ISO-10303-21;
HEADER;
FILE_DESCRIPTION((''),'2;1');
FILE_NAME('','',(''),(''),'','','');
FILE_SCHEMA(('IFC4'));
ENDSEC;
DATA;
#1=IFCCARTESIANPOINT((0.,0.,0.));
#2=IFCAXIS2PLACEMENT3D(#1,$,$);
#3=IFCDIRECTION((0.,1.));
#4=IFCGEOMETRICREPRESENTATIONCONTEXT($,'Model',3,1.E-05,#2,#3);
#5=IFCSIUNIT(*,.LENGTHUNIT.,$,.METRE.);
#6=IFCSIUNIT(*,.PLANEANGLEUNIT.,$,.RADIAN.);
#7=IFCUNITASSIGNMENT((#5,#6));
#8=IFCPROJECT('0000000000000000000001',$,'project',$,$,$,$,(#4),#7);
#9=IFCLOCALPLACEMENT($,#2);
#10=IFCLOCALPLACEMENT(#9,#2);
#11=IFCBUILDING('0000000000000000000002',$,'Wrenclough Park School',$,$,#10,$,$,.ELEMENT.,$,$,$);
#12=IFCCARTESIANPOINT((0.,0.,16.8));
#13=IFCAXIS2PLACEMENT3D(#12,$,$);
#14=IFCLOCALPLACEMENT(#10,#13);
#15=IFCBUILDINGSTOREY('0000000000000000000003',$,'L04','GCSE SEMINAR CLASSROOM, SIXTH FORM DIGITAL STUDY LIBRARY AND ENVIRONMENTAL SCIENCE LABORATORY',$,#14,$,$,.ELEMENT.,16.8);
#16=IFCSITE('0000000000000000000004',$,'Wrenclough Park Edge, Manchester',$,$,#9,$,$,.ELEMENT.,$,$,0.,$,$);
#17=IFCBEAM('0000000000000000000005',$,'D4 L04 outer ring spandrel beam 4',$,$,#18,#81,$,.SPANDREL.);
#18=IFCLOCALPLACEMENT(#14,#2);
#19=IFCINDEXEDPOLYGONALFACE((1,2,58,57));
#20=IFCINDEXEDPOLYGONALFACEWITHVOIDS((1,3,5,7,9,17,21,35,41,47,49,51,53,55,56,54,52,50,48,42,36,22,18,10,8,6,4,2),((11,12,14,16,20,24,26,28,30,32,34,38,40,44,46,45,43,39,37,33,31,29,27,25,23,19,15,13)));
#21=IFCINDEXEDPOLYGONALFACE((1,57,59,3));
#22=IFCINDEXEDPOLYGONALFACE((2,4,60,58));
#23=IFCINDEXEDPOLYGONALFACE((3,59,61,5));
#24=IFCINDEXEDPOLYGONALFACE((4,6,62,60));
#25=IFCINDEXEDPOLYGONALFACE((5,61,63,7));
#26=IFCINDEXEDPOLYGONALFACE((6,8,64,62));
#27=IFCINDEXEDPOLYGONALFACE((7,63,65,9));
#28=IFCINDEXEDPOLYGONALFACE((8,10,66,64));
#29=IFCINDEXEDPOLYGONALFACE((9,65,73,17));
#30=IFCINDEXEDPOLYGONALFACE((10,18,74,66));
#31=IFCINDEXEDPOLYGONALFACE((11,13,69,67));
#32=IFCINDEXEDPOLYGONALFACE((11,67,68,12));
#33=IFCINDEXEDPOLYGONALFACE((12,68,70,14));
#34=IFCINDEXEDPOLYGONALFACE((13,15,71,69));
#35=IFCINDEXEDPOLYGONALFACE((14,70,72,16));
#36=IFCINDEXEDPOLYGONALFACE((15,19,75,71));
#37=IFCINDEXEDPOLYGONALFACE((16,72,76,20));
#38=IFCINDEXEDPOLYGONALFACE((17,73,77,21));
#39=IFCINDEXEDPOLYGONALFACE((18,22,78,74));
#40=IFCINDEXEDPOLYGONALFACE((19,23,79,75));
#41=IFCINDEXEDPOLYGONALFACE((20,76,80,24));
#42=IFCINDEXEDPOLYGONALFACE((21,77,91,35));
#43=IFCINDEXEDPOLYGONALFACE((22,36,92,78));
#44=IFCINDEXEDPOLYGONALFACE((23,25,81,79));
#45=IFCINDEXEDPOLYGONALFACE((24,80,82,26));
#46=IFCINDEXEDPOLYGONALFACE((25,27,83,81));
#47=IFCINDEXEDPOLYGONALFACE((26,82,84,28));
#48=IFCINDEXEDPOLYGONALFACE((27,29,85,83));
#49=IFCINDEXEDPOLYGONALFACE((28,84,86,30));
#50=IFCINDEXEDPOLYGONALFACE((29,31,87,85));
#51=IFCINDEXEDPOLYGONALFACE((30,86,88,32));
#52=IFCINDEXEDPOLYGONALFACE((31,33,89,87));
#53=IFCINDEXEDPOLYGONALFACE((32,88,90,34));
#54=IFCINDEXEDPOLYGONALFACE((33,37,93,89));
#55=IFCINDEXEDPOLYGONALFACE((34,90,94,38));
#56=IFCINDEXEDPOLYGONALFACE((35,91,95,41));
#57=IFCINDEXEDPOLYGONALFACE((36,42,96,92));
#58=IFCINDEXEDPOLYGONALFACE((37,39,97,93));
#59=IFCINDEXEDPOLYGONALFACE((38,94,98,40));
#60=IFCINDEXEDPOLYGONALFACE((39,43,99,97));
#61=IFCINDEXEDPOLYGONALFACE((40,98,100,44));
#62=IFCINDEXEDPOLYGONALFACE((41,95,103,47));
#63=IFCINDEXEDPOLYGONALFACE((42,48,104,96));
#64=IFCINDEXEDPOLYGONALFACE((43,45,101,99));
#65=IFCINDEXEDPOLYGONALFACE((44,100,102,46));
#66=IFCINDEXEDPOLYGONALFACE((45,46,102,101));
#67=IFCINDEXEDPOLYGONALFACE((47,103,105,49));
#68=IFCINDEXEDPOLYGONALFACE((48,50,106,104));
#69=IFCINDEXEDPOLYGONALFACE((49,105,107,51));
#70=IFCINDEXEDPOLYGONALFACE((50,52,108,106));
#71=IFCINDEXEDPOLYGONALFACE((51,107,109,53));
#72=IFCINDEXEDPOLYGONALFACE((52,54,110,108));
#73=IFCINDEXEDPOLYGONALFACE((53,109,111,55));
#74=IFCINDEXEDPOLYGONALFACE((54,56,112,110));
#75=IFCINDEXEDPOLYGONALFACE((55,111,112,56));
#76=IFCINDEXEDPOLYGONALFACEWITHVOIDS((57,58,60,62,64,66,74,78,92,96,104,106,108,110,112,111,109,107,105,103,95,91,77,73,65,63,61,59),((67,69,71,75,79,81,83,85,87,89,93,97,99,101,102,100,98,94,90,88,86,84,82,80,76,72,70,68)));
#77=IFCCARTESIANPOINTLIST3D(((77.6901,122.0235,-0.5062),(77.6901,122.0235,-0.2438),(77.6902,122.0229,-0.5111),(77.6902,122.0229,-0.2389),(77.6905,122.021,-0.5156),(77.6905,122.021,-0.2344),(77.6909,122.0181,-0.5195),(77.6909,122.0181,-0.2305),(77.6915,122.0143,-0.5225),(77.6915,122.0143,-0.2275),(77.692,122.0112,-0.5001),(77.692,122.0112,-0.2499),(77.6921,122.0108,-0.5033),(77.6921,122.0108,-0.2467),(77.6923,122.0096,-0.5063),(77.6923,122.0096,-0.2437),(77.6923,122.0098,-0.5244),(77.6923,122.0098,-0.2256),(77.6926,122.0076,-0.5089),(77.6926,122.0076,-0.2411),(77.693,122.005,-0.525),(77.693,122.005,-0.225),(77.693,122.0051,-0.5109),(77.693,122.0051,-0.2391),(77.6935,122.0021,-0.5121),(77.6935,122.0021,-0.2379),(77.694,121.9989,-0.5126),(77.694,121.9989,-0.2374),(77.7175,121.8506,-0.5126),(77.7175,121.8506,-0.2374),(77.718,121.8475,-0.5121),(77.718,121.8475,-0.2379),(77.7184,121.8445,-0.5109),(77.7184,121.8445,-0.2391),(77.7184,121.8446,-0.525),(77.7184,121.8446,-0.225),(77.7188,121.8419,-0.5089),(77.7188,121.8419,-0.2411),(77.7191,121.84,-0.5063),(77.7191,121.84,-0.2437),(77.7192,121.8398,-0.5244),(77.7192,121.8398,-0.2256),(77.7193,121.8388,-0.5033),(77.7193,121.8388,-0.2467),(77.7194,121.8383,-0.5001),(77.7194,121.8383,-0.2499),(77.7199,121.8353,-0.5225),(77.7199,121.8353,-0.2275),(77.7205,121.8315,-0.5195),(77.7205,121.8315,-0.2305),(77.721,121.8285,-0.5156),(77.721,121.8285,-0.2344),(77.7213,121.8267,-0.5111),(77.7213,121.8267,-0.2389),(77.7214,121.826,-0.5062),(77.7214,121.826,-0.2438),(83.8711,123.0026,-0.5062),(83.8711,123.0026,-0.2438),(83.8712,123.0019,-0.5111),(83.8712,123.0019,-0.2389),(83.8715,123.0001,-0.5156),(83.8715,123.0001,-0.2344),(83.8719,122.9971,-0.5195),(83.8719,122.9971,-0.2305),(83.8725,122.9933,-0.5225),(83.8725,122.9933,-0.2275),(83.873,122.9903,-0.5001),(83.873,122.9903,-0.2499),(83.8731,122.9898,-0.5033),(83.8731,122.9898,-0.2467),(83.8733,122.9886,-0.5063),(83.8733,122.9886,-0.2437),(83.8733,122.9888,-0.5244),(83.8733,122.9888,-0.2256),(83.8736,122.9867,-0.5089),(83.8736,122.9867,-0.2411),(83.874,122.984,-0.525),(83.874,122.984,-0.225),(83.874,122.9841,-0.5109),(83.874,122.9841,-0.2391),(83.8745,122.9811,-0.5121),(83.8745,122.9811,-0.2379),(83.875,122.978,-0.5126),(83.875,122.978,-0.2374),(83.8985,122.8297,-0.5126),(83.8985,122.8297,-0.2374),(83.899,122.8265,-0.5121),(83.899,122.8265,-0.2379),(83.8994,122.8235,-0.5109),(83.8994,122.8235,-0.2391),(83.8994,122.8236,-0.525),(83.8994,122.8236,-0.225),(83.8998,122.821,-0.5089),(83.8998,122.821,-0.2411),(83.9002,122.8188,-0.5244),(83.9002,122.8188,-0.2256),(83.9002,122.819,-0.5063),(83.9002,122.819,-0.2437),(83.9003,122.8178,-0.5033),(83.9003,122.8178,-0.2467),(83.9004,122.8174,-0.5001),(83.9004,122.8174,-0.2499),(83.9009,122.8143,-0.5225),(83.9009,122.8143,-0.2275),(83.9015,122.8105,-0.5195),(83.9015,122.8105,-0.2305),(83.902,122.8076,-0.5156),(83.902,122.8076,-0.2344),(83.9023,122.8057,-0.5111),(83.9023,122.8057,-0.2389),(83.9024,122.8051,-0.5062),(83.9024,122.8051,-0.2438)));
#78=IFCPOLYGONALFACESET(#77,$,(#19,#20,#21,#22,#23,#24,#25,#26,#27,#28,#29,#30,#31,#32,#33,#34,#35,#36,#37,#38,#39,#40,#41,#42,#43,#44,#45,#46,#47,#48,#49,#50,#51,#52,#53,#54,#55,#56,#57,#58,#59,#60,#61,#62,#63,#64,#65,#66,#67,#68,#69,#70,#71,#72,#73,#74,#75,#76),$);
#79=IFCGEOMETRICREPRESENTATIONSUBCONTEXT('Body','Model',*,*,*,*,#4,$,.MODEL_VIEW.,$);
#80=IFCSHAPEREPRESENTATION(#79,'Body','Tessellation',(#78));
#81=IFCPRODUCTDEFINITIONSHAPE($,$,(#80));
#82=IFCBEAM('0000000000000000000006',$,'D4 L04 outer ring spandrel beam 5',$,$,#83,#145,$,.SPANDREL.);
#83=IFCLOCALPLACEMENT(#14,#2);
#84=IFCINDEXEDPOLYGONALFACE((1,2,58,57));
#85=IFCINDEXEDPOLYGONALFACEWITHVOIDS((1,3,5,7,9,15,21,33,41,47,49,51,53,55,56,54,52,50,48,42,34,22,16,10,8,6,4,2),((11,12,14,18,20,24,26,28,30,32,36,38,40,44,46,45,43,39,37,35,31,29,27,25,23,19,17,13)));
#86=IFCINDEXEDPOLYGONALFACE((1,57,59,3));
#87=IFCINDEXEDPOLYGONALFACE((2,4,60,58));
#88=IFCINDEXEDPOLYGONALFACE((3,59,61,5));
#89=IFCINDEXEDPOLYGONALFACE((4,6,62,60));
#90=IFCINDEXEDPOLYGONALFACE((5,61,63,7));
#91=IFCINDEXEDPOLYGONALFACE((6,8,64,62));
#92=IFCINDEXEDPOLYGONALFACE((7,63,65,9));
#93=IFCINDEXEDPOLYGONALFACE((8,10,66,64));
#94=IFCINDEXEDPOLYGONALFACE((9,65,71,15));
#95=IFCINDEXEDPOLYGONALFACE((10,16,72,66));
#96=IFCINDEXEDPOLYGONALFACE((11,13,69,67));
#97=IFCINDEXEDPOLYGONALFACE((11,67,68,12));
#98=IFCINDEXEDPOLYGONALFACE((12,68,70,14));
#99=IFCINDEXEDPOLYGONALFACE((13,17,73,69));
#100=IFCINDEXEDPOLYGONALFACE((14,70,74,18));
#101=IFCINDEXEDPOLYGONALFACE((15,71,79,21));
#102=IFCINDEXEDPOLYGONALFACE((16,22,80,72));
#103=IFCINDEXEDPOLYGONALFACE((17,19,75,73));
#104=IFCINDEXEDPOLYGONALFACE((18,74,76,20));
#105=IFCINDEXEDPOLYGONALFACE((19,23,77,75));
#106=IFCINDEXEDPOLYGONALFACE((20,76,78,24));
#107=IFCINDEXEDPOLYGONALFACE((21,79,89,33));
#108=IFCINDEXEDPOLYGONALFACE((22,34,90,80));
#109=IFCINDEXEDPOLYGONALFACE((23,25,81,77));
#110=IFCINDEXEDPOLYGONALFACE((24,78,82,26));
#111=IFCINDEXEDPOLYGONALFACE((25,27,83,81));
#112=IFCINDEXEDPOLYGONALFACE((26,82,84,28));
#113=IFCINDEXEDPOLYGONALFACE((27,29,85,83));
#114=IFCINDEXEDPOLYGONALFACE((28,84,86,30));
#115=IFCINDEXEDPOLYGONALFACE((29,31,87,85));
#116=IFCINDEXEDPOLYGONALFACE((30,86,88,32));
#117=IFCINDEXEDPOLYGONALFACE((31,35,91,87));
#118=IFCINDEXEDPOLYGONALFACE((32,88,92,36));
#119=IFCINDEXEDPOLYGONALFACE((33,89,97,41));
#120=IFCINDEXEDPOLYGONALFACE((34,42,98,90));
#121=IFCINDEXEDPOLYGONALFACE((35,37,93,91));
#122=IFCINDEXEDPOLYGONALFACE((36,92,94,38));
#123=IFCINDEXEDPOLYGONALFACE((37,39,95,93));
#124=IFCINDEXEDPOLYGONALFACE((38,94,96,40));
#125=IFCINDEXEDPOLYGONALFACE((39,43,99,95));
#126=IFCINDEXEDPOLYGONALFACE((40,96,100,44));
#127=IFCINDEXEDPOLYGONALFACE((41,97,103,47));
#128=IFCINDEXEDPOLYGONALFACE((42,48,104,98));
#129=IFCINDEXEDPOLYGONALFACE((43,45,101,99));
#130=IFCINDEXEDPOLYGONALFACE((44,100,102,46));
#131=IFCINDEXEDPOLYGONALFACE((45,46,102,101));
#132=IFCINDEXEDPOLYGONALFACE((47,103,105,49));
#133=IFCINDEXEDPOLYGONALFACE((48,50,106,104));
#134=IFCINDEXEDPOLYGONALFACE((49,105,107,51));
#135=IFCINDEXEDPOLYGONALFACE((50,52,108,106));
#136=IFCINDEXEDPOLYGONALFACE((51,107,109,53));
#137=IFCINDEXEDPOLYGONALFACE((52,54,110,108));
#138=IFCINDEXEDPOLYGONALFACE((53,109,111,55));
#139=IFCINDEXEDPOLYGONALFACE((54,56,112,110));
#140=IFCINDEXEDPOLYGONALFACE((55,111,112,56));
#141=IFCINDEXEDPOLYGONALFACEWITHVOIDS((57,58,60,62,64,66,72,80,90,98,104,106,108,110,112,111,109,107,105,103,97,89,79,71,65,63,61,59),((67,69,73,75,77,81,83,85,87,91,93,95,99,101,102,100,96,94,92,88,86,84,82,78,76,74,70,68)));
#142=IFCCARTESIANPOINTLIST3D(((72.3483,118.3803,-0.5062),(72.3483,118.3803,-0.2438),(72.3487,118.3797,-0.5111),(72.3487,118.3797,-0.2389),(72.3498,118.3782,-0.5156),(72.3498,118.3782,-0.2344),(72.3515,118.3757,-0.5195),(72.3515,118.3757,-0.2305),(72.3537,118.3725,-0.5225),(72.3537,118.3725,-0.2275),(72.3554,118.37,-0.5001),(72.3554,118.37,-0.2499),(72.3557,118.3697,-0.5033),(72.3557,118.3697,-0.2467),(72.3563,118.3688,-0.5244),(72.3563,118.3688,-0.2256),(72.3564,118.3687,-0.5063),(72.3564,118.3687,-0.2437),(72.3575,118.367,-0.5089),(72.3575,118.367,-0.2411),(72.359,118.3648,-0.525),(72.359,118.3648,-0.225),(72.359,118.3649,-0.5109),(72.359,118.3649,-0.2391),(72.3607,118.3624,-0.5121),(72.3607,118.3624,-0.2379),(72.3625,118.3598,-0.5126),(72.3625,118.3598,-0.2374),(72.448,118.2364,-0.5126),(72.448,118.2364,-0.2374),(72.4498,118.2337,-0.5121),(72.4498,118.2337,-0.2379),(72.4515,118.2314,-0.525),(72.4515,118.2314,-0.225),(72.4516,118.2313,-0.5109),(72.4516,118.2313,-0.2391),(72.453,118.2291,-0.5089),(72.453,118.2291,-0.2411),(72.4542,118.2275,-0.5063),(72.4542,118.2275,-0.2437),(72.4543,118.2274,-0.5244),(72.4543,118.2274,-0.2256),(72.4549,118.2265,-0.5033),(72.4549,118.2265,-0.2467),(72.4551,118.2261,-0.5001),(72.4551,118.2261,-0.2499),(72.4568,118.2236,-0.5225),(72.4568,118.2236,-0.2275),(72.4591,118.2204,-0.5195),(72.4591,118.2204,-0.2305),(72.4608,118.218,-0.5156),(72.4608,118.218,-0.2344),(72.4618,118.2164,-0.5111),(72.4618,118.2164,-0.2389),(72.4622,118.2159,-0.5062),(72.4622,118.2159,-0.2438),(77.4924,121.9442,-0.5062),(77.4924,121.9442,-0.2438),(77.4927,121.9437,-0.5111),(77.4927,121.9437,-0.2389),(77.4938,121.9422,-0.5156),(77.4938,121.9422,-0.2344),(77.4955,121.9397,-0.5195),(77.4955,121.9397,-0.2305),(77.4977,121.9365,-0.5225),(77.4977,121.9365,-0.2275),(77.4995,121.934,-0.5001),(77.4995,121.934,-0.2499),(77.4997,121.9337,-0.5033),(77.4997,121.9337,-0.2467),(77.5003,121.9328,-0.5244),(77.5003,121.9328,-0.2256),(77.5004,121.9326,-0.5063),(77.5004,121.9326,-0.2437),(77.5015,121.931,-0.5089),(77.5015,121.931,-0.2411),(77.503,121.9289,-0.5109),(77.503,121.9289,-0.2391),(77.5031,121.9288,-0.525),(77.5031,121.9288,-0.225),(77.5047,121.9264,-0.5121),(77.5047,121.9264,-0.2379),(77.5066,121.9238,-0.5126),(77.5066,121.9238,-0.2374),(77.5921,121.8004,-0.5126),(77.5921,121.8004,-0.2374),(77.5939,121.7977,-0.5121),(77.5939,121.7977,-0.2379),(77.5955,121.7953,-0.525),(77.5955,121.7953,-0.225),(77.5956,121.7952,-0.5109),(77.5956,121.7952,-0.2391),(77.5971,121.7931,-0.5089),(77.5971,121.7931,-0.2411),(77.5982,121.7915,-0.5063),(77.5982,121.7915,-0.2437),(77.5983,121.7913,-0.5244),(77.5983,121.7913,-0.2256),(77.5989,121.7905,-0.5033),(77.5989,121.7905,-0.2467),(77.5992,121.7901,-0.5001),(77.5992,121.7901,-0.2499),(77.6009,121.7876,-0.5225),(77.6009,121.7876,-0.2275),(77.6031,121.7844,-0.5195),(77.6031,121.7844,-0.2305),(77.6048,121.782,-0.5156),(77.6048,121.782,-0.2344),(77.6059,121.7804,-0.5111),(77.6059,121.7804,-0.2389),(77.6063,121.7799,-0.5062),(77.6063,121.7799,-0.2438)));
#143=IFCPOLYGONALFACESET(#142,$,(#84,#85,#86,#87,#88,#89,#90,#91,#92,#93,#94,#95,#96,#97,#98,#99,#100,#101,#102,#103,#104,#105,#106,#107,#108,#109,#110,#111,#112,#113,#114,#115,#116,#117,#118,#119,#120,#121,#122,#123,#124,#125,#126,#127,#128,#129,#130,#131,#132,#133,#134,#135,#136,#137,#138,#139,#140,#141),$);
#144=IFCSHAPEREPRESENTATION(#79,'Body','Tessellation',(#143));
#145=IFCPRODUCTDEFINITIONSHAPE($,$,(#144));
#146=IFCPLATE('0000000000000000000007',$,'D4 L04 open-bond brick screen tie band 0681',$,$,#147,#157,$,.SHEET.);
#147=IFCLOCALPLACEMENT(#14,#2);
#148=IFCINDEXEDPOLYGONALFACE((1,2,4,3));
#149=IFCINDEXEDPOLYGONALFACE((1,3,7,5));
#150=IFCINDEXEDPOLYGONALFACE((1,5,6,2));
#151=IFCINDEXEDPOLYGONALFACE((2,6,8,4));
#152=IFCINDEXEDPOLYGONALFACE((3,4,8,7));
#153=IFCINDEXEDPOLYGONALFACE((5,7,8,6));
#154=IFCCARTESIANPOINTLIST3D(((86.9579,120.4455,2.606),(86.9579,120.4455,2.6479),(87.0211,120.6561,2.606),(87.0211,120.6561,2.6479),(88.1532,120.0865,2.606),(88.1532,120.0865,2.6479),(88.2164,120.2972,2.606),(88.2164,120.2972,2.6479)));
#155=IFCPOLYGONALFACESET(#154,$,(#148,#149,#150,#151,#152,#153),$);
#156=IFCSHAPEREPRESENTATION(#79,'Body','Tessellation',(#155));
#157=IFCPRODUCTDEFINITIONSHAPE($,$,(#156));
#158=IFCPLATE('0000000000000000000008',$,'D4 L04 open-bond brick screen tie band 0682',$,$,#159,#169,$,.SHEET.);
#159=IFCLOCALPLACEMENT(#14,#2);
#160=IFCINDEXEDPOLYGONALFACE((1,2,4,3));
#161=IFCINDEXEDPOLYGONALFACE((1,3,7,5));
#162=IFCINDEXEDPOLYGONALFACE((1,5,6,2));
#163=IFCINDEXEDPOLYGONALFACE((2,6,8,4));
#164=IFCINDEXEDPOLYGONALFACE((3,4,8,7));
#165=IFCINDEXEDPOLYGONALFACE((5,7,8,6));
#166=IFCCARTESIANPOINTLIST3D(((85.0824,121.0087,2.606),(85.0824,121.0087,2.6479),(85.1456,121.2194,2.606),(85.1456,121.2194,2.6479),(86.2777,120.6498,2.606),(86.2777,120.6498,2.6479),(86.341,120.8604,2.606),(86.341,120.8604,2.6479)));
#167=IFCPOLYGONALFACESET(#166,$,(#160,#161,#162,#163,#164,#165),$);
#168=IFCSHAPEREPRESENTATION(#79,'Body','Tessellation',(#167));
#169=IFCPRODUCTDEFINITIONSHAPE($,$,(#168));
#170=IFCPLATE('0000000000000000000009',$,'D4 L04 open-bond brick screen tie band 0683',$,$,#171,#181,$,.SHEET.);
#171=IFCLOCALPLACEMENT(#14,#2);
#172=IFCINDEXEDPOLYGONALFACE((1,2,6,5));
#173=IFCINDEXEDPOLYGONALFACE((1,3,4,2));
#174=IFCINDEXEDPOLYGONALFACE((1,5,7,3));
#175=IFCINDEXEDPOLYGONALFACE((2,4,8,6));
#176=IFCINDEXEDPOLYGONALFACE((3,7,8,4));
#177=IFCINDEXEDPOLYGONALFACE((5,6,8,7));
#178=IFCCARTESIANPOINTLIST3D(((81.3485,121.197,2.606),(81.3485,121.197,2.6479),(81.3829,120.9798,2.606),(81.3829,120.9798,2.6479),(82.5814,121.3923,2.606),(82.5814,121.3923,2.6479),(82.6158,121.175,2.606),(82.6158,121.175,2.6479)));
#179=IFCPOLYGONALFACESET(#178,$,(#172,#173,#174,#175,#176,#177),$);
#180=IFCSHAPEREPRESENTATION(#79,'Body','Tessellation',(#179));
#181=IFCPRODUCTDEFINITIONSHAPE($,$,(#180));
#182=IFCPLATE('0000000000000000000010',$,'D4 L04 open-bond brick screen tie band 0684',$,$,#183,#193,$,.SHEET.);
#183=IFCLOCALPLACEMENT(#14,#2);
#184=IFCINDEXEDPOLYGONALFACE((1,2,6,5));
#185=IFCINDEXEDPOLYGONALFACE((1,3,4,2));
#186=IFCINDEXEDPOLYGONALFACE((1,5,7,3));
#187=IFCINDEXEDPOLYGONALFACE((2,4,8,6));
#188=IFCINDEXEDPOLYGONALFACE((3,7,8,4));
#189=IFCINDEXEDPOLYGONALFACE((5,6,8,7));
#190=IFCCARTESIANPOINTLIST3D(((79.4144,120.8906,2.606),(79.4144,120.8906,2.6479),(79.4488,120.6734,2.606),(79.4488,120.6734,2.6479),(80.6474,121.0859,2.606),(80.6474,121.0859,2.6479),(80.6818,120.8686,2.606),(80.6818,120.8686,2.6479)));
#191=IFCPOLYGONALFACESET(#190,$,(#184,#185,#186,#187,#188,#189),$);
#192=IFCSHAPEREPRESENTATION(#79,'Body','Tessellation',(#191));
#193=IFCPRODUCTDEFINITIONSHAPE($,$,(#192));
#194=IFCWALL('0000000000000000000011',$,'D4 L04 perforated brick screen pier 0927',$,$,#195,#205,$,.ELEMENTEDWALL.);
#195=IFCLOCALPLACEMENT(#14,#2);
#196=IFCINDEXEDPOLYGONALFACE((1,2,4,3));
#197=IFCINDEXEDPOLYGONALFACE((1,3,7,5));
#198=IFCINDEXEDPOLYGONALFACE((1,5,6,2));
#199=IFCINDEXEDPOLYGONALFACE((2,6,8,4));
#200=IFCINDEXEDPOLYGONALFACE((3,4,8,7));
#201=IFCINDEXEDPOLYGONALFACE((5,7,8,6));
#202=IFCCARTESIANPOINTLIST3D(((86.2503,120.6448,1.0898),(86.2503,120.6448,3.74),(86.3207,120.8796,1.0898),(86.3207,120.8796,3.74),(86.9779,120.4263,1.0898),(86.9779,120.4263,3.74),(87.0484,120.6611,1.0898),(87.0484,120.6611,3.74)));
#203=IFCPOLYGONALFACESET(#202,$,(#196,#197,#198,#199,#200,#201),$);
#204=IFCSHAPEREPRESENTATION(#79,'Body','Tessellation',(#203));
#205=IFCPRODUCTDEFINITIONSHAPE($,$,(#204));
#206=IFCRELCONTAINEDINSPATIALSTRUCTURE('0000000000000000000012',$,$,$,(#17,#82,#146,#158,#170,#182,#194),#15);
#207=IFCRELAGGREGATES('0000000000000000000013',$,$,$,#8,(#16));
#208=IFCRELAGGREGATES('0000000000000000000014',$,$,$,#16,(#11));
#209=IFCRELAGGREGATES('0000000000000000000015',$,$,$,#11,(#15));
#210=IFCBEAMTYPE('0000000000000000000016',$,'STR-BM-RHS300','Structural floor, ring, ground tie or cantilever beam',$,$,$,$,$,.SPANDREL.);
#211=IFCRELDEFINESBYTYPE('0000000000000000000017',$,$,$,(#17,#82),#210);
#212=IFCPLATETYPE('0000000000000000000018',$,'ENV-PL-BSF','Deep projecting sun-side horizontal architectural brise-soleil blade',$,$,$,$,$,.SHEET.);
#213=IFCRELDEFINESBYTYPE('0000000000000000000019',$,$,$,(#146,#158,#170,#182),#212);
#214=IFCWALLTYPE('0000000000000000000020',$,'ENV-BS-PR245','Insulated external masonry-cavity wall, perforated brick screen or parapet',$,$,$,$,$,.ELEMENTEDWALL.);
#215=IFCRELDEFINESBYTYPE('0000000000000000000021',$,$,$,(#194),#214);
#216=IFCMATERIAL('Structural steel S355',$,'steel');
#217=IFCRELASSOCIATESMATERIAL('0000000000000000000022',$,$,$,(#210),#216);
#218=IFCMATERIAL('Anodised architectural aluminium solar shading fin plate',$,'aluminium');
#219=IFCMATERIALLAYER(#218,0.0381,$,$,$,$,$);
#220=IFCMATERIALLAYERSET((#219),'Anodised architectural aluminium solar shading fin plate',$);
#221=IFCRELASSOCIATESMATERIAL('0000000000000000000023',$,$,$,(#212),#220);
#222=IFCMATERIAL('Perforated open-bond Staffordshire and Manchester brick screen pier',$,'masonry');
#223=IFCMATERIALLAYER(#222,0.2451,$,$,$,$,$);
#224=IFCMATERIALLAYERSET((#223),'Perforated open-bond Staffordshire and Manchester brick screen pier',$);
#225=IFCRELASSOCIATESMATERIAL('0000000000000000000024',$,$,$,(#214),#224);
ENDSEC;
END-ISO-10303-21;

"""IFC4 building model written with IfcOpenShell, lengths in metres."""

from ifc_helpers import new_model, si_unit, direction, frame, frame_2d, origin, origin_2d, place, context, subcontext, project, spatial, rectangle, hollow_rectangle, extrude, material, layer, layer_set, material_profile, profile_set, type_object, element, save


model = new_model("IFC4")

# Units and contexts
model_context = context("Model", 3, precision=1e-05, world=origin(), true_north=direction((0.0, 1.0)))
body_context = subcontext(model_context, "Body", "Model", "MODEL_VIEW")
ifc_project = project(units=[si_unit("LENGTHUNIT", "METRE"), si_unit("PLANEANGLEUNIT", "RADIAN")], contexts=[model_context])

# Site, building, storey
site_placement = place(None, origin())
site = spatial("IfcSite", under=ifc_project, at=site_placement, Name="Wrenclough Park Edge, Manchester", CompositionType="ELEMENT", RefElevation=0.0)
building_placement = place(site_placement, origin())
building = spatial("IfcBuilding", under=site, at=building_placement, Name="Wrenclough Park School", CompositionType="ELEMENT")
storey_placement = place(building_placement, frame((0.0, 0.0, 16.8)))
storey = spatial("IfcBuildingStorey", under=building, at=storey_placement, Name="L04", Description="GCSE SEMINAR CLASSROOM, SIXTH FORM DIGITAL STUDY LIBRARY AND ENVIRONMENTAL SCIENCE LABORATORY", CompositionType="ELEMENT", Elevation=16.8)

# Shared definitions
ifc_material_1 = material(Name="Structural steel S355", Category="steel")

# Beams
ifc_material_profile_1 = material_profile(ifc_material_1, hollow_rectangle(XDim=0.2, YDim=0.3, WallThickness=0.0125, InnerFilletRadius=0.0125, OuterFilletRadius=0.0188, at=origin_2d()), Name="RHS 300x200x12.5")
ifc_profile_set_1 = profile_set([ifc_material_profile_1], Name="Structural steel S355")
beam_type = type_object("IfcBeamType", Name="STR-BM-RHS300", Description="Structural floor, ring, ground tie or cantilever beam", PredefinedType="SPANDREL", material=ifc_profile_set_1)
for number, where, z_axis, x_axis, name in (
    (1, (83.8867, 122.9038, -0.375), (-0.987687, -0.156441, 0.0), (0.156441, -0.987687, 0.0), "D4 L04 outer ring spandrel beam 4"),
    (2, (77.5493, 121.8621, -0.375), (-0.82199, -0.569502, 0.0), (0.569502, -0.82199, 0.0), "D4 L04 outer ring spandrel beam 5"),
):
    element("IfcBeam", number, at=place(storey_placement, frame(where, z_axis=z_axis, x_axis=x_axis)), inside=storey, type_object=beam_type, Name=name, PredefinedType="SPANDREL", context=body_context, shape_type="SweptSolid", body=[
        extrude(hollow_rectangle(XDim=0.2, YDim=0.3, WallThickness=0.0125, InnerFilletRadius=0.0125, OuterFilletRadius=0.0188, at=origin_2d()), origin(), (0.0, 0.0, 1.0), 6.2581),
    ])

# Plates
ifc_material_2 = material(Name="Anodised architectural aluminium solar shading fin plate", Category="aluminium")
ifc_layer_1 = layer(ifc_material_2, 0.0381)
ifc_layer_set_1 = layer_set([ifc_layer_1], Name="Anodised architectural aluminium solar shading fin plate")
plate_type = type_object("IfcPlateType", Name="ENV-PL-BSF", Description="Deep projecting sun-side horizontal architectural brise-soleil blade", PredefinedType="SHEET", material=ifc_layer_set_1)
for number, where, z_axis, x_axis, name in (
    (3, (87.5872, 120.3713, 2.606), (0.0, 0.0, 1.0), (-0.957751, 0.287599, 0.0), "D4 L04 open-bond brick screen tie band 0681"),
    (4, (85.7117, 120.9346, 2.606), (0.0, 0.0, 1.0), (-0.957751, 0.287599, 0.0), "D4 L04 open-bond brick screen tie band 0682"),
):
    element("IfcPlate", number, at=place(storey_placement, frame(where, z_axis=z_axis, x_axis=x_axis)), inside=storey, type_object=plate_type, Name=name, PredefinedType="SHEET", context=body_context, shape_type="SweptSolid", body=[
        extrude(rectangle(XDim=1.248, YDim=0.22, at=origin_2d()), origin(), (0.0, 0.0, 1.0), 0.042),
    ])
for number, where, z_axis, x_axis, name in (
    (5, (81.9822, 121.186, 2.606), (0.0, 0.0, 1.0), (-0.987688, -0.156435, 0.0), "D4 L04 open-bond brick screen tie band 0683"),
    (6, (80.0481, 120.8796, 2.606), (0.0, 0.0, 1.0), (-0.987688, -0.156435, 0.0), "D4 L04 open-bond brick screen tie band 0684"),
):
    element("IfcPlate", number, at=place(storey_placement, frame(where, z_axis=z_axis, x_axis=x_axis)), inside=storey, type_object=plate_type, Name=name, PredefinedType="SHEET", context=body_context, shape_type="SweptSolid", body=[
        extrude(rectangle(XDim=1.2483, YDim=0.22, at=origin_2d()), origin(), (0.0, 0.0, 1.0), 0.042),
    ])

# Wall
ifc_material_3 = material(Name="Perforated open-bond Staffordshire and Manchester brick screen pier", Category="masonry")
ifc_layer_2 = layer(ifc_material_3, 0.2451)
ifc_layer_set_2 = layer_set([ifc_layer_2], Name="Perforated open-bond Staffordshire and Manchester brick screen pier")
wall_type_1 = type_object("IfcWallType", Name="ENV-BS-PR245", Description="Insulated external masonry-cavity wall, perforated brick screen or parapet", PredefinedType="ELEMENTEDWALL", material=ifc_layer_set_2)
wall_1_placement = place(storey_placement, frame((87.0132, 120.5437, 1.0898), z_axis=(0.0, 0.0, 1.0), x_axis=(-0.957764, 0.287554, 0.0)))
element("IfcWall", 7, at=wall_1_placement, inside=storey, type_object=wall_type_1, Name="D4 L04 perforated brick screen pier 0927", PredefinedType="ELEMENTEDWALL", context=body_context, shape_type="SweptSolid", body=[
    extrude(rectangle(XDim=0.7598, YDim=0.2451, at=frame_2d((0.3799, 0.0))), origin(), (0.0, 0.0, 1.0), 2.6501),
])

save(model, "model.ifc")
